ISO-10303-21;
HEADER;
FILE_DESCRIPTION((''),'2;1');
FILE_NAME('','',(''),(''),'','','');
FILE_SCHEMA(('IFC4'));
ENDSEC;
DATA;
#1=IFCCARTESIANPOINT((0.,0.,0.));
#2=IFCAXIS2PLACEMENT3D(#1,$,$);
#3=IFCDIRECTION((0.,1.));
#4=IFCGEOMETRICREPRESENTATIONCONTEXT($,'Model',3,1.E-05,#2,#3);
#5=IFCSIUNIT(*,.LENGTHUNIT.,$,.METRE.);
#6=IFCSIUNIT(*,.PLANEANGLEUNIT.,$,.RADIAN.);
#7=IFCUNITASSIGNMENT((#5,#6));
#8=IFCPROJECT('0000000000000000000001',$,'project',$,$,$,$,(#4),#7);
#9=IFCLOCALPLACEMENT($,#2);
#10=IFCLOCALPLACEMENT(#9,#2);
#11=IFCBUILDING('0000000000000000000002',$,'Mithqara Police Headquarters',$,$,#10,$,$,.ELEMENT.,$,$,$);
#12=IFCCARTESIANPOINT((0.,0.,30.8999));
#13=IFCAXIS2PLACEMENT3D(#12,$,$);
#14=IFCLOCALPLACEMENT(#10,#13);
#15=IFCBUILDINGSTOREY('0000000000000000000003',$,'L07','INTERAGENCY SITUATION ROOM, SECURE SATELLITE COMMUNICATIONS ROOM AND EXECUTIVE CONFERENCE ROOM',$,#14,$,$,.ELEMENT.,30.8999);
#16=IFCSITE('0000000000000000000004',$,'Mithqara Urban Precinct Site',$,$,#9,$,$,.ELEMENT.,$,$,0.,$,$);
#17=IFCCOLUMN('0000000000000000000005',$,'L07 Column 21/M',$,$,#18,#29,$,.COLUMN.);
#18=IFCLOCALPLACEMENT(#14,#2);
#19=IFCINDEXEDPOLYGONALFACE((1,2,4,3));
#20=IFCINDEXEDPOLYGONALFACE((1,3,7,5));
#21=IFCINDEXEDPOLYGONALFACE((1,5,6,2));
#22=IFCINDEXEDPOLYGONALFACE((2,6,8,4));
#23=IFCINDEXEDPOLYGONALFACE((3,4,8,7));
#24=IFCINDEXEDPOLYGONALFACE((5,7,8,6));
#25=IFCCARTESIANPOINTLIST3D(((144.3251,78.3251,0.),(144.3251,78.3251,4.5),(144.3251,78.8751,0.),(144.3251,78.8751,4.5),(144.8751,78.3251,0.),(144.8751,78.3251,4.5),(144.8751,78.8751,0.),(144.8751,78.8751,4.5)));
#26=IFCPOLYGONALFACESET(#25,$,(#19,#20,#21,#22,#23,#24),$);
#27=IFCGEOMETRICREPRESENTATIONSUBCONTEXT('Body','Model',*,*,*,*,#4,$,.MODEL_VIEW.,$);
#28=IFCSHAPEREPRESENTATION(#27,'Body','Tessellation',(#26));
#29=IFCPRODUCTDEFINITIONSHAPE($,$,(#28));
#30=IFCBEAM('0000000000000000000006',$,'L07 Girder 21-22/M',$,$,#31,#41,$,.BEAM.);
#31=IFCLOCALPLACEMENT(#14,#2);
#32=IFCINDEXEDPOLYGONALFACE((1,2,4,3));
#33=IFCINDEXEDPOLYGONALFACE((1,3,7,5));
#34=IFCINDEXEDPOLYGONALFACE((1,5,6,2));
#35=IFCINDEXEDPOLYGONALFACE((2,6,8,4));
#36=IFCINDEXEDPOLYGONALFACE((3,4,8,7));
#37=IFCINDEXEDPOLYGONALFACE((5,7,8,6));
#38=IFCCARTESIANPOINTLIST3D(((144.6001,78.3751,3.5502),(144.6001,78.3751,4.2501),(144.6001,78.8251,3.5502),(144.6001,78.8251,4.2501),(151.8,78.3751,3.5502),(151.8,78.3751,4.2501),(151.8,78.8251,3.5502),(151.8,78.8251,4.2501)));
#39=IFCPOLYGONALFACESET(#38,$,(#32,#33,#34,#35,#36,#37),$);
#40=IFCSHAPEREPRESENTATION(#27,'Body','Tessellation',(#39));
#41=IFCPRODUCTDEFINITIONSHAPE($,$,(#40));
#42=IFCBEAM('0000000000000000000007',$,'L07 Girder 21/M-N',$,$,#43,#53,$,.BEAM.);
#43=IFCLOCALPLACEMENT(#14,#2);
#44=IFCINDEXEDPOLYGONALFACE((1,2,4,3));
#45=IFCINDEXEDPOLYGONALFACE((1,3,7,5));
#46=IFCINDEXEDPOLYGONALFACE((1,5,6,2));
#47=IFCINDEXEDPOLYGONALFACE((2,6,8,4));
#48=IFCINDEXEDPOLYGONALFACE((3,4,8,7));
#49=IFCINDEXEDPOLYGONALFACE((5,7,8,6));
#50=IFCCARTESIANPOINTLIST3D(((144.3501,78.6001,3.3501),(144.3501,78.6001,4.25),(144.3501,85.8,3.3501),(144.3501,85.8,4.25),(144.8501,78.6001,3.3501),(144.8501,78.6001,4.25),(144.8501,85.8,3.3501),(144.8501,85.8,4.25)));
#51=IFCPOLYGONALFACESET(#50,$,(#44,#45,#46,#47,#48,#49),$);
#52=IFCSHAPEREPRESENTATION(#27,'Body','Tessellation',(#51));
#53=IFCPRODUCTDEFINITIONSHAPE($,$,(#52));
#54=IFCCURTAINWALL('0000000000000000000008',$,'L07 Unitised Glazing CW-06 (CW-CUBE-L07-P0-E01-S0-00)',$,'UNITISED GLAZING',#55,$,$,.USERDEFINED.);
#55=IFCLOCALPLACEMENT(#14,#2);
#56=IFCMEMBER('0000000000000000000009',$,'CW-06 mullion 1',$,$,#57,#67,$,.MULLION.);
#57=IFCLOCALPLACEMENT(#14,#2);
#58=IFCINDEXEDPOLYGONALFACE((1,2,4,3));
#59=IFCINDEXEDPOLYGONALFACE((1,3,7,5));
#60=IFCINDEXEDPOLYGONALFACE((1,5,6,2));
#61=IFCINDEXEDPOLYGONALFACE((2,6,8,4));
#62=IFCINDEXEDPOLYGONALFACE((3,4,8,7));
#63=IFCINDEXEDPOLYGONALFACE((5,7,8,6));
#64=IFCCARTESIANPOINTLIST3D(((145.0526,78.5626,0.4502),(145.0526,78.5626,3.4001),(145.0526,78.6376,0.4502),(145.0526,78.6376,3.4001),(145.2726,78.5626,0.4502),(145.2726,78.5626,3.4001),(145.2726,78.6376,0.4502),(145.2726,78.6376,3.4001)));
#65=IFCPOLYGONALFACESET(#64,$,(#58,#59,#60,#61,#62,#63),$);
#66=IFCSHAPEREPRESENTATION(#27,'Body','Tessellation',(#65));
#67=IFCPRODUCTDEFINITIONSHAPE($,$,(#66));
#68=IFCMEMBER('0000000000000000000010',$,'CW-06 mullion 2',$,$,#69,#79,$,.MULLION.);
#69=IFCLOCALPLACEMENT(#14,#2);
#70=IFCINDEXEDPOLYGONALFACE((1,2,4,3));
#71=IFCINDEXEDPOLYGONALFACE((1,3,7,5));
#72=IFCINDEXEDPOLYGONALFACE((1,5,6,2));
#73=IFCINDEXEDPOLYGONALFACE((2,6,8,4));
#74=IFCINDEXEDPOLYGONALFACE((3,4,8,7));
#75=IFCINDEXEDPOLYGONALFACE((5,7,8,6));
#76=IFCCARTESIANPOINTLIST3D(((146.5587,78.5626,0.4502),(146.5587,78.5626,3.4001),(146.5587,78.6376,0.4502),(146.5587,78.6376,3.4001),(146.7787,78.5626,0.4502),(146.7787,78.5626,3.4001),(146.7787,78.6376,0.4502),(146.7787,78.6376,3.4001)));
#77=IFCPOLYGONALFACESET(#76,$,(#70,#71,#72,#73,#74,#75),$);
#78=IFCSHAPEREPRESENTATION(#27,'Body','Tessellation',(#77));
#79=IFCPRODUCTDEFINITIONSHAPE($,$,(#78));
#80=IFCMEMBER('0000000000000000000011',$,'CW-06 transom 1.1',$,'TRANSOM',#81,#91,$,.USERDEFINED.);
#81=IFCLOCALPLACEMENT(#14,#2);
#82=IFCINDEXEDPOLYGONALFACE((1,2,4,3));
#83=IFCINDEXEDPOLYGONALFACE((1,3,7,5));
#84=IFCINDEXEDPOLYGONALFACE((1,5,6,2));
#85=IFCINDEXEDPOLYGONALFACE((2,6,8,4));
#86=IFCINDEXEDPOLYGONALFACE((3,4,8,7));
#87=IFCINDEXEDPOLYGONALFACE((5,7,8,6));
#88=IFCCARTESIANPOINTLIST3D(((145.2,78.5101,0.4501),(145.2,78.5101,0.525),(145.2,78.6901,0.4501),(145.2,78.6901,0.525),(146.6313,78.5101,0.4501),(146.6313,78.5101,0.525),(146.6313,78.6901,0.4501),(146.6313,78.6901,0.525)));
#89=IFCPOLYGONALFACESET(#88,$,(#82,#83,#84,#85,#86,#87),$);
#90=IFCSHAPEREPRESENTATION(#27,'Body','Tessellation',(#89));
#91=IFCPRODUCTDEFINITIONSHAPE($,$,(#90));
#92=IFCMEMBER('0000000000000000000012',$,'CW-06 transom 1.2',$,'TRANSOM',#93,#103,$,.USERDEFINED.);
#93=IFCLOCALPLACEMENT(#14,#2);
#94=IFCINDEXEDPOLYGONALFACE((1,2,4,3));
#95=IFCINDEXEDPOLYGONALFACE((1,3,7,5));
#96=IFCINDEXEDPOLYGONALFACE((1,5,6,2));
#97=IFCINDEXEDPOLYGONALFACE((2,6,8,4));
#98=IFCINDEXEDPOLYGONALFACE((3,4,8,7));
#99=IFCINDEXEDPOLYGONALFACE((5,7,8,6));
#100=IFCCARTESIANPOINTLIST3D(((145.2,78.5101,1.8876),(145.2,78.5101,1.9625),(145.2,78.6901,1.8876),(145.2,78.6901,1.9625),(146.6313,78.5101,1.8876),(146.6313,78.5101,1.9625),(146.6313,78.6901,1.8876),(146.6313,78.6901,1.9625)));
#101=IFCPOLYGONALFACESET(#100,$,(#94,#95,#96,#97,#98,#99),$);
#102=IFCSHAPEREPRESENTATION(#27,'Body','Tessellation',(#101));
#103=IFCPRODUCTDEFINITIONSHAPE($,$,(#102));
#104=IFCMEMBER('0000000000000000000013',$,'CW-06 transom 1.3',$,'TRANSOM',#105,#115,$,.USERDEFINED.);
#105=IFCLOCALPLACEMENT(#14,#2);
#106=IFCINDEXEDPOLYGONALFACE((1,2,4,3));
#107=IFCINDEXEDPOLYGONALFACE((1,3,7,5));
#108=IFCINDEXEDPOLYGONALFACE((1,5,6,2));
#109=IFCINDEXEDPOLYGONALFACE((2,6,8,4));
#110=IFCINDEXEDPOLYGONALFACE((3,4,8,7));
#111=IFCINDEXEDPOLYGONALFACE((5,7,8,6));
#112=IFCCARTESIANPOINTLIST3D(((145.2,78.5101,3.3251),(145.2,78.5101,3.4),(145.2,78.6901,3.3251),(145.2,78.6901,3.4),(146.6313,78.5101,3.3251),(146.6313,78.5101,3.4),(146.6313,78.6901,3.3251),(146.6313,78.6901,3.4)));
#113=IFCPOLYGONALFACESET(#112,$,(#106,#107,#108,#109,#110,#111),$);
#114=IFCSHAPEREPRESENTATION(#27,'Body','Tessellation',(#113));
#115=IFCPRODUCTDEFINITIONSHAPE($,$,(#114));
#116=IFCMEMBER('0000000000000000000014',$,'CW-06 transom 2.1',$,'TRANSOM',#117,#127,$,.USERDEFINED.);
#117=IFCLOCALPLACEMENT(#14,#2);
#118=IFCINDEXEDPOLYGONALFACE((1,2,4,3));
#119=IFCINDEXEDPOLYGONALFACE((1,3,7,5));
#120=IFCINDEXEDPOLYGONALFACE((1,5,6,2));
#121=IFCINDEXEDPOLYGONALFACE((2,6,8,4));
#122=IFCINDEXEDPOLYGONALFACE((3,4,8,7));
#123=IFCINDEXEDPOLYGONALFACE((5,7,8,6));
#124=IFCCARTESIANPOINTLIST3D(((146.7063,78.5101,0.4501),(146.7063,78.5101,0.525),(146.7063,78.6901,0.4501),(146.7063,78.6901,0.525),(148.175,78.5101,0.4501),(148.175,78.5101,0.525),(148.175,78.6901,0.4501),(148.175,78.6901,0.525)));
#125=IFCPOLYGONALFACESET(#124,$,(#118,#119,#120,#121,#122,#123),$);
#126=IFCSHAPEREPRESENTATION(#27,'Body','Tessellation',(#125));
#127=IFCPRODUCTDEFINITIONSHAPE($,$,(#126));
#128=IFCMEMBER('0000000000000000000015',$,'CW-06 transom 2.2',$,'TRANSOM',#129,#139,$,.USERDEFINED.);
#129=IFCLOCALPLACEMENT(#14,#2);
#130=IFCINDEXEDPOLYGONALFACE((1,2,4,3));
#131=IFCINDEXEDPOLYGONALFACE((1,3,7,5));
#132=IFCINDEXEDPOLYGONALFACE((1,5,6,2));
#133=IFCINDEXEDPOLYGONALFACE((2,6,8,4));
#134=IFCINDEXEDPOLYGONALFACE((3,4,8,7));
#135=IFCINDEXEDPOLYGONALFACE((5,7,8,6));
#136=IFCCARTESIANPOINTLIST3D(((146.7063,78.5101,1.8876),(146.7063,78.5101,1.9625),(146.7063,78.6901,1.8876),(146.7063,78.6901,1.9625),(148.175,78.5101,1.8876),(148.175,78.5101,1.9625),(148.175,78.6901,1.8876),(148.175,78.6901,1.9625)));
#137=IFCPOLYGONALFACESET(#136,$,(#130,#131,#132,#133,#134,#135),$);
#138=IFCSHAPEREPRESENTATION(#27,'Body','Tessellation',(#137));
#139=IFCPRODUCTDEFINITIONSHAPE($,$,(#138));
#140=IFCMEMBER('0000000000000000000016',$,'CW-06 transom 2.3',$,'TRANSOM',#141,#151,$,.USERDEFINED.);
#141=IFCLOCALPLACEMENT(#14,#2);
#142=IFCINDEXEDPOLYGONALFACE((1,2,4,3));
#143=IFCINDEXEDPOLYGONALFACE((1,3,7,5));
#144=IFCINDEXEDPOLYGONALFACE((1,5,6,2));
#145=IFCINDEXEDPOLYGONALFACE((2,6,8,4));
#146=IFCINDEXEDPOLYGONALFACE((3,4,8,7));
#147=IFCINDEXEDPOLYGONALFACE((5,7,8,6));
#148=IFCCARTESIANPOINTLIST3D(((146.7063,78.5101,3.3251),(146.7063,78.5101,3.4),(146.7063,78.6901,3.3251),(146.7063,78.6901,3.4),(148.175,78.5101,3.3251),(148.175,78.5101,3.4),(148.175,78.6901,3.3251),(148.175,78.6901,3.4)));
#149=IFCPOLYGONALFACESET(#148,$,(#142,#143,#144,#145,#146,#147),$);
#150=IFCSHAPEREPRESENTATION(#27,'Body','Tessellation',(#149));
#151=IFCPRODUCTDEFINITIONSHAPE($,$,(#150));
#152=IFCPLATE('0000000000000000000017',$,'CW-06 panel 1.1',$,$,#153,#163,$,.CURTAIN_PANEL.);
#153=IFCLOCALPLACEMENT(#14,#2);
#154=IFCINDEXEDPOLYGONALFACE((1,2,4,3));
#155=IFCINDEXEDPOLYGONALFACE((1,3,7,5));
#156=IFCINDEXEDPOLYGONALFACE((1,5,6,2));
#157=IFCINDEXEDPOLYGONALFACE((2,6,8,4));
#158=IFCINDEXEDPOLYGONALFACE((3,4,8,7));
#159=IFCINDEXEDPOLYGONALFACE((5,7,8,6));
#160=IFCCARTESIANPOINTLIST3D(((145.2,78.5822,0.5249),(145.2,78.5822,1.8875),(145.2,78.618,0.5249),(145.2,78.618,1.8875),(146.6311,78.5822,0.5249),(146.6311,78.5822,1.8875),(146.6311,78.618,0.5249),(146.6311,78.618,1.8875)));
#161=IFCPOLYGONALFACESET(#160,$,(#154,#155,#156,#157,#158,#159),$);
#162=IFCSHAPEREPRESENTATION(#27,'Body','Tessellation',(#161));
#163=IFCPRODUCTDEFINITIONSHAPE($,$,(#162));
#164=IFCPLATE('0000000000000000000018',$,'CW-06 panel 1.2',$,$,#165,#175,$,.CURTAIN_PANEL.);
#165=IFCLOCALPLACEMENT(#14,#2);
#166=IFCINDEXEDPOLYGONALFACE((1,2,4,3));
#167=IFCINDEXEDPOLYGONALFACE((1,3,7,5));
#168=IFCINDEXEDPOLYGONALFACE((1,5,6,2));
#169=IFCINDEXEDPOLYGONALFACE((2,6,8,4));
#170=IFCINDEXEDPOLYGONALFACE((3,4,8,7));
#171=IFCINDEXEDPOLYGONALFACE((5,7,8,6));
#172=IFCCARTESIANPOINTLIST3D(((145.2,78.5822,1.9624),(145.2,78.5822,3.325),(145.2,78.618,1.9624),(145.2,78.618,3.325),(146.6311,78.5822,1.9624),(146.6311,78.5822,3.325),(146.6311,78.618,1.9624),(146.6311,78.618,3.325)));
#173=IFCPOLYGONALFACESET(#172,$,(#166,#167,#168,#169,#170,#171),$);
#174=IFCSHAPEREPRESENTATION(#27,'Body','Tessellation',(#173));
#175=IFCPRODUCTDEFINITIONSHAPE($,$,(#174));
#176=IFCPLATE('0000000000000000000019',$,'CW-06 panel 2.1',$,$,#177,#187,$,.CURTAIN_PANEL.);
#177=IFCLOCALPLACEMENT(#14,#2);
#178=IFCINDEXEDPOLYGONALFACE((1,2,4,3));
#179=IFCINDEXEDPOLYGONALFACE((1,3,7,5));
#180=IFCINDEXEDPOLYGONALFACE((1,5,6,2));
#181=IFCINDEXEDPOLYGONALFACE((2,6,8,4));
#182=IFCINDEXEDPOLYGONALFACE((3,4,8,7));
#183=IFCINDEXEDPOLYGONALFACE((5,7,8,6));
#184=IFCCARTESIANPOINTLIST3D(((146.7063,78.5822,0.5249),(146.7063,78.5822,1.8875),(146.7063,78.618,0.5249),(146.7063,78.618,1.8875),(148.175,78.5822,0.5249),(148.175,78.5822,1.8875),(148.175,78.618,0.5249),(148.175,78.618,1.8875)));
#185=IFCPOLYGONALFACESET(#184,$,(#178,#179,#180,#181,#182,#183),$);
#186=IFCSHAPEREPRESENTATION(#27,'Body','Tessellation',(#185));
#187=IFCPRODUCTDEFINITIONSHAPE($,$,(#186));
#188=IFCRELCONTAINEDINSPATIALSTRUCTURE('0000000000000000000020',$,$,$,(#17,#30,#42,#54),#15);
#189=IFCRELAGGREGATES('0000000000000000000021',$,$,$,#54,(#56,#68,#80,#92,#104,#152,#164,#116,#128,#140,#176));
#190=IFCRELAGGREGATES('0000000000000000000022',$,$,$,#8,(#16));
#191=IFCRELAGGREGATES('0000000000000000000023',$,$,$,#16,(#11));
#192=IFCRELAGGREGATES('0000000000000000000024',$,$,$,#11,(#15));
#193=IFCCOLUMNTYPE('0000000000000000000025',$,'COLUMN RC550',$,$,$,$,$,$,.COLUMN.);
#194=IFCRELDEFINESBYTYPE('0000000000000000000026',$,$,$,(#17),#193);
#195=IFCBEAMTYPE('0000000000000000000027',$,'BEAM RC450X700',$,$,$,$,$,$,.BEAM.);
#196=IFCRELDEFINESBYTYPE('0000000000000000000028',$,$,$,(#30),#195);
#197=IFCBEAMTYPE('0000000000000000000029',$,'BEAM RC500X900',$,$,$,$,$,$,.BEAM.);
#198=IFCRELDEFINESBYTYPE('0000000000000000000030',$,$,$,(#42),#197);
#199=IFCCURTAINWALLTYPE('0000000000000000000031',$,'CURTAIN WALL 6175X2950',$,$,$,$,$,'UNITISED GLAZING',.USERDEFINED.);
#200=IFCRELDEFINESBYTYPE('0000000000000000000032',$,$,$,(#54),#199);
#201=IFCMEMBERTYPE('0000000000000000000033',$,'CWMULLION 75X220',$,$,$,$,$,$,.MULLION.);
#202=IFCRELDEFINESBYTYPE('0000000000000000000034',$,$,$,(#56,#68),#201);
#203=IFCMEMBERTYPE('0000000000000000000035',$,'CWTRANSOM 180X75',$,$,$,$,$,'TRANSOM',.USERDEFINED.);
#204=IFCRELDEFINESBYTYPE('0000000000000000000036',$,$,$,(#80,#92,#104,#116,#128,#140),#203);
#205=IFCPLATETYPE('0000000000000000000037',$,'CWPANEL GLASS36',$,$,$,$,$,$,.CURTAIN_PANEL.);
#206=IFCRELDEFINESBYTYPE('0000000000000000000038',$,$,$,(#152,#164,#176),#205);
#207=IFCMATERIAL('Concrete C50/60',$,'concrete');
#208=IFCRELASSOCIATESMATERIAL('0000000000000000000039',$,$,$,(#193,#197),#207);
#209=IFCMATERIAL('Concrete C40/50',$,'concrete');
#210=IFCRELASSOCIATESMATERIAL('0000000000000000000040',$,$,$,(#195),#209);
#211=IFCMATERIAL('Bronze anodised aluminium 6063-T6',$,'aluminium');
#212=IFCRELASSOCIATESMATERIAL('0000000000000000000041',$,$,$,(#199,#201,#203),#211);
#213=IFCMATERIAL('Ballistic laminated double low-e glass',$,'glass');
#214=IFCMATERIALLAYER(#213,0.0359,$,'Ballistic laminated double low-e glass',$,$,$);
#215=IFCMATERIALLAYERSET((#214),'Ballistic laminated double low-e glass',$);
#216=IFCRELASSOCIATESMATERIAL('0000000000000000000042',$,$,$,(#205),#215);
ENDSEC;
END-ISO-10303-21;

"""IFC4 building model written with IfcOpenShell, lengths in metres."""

from ifc_helpers import new_model, si_unit, direction, frame, origin, origin_2d, place, context, subcontext, project, spatial, rectangle, extrude, material, layer, layer_set, material_profile, profile_set, type_object, element, aggregate, save


model = new_model("IFC4")

# Units and contexts
model_context = context("Model", 3, precision=1e-05, world=origin(), true_north=direction((0.0, 1.0)))
body_context = subcontext(model_context, "Body", "Model", "MODEL_VIEW")
ifc_project = project(units=[si_unit("LENGTHUNIT", "METRE"), si_unit("PLANEANGLEUNIT", "RADIAN")], contexts=[model_context])

# Site, building, storey
site_placement = place(None, origin())
site = spatial("IfcSite", under=ifc_project, at=site_placement, Name="Mithqara Urban Precinct Site", CompositionType="ELEMENT", RefElevation=0.0)
building_placement = place(site_placement, origin())
building = spatial("IfcBuilding", under=site, at=building_placement, Name="Mithqara Police Headquarters", CompositionType="ELEMENT")
storey_placement = place(building_placement, frame((0.0, 0.0, 30.8999)))
storey = spatial("IfcBuildingStorey", under=building, at=storey_placement, Name="L07", Description="INTERAGENCY SITUATION ROOM, SECURE SATELLITE COMMUNICATIONS ROOM AND EXECUTIVE CONFERENCE ROOM", CompositionType="ELEMENT", Elevation=30.8999)

# Column
ifc_material_1 = material(Name="Concrete C50/60", Category="concrete")
ifc_material_profile_1 = material_profile(ifc_material_1, rectangle(XDim=0.55, YDim=0.55, at=origin_2d()), Name="RC 550x550")
ifc_profile_set_1 = profile_set([ifc_material_profile_1], Name="Concrete C50/60")
column_type = type_object("IfcColumnType", Name="COLUMN RC550", PredefinedType="COLUMN", material=ifc_profile_set_1)
column_placement = place(storey_placement, frame((144.6001, 78.6001, 0.0), z_axis=(0.0, 0.0, 1.0), x_axis=(1.0, 0.0, 0.0)))
element("IfcColumn", 1, at=column_placement, inside=storey, type_object=column_type, Name="L07 Column 21/M", PredefinedType="COLUMN", context=body_context, shape_type="SweptSolid", body=[
    extrude(rectangle(XDim=0.55, YDim=0.55, at=origin_2d()), origin(), (0.0, 0.0, 1.0), 4.5),
])

# Beams
ifc_material_2 = material(Name="Concrete C40/50", Category="concrete")
ifc_material_profile_2 = material_profile(ifc_material_2, rectangle(XDim=0.45, YDim=0.7, at=origin_2d()), Name="RC 450x700")
ifc_profile_set_2 = profile_set([ifc_material_profile_2], Name="Concrete C40/50")
beam_type_1 = type_object("IfcBeamType", Name="BEAM RC450X700", PredefinedType="BEAM", material=ifc_profile_set_2)
beam_1_placement = place(storey_placement, frame((144.6001, 78.6001, 3.9001), z_axis=(1.0, 0.0, 0.0), x_axis=(0.0, 1.0, 0.0)))
element("IfcBeam", 2, at=beam_1_placement, inside=storey, type_object=beam_type_1, Name="L07 Girder 21-22/M", PredefinedType="BEAM", context=body_context, shape_type="SweptSolid", body=[
    extrude(rectangle(XDim=0.45, YDim=0.7, at=origin_2d()), origin(), (0.0, 0.0, 1.0), 7.2),
])
ifc_material_profile_3 = material_profile(ifc_material_1, rectangle(XDim=0.5, YDim=0.8999, at=origin_2d()), Name="RC 500x900")
ifc_profile_set_3 = profile_set([ifc_material_profile_3], Name="Concrete C50/60")
beam_type_2 = type_object("IfcBeamType", Name="BEAM RC500X900", PredefinedType="BEAM", material=ifc_profile_set_3)
beam_2_placement = place(storey_placement, frame((144.6001, 78.6001, 3.8), z_axis=(0.0, 1.0, 0.0), x_axis=(-1.0, 0.0, 0.0)))
element("IfcBeam", 3, at=beam_2_placement, inside=storey, type_object=beam_type_2, Name="L07 Girder 21/M-N", PredefinedType="BEAM", context=body_context, shape_type="SweptSolid", body=[
    extrude(rectangle(XDim=0.5, YDim=0.8999, at=origin_2d()), origin(), (0.0, 0.0, 1.0), 7.2),
])

# Curtain wall, members, plates
ifc_material_3 = material(Name="Bronze anodised aluminium 6063-T6", Category="aluminium")
curtain_wall_type = type_object("IfcCurtainWallType", Name="CURTAIN WALL 6175X2950", ElementType="UNITISED GLAZING", PredefinedType="USERDEFINED", material=ifc_material_3)
curtain_wall_placement = place(storey_placement, origin())
curtain_wall = element("IfcCurtainWall", 4, at=curtain_wall_placement, inside=storey, type_object=curtain_wall_type, Name="L07 Unitised Glazing CW-06 (CW-CUBE-L07-P0-E01-S0-00)", ObjectType="UNITISED GLAZING", PredefinedType="USERDEFINED")
ifc_material_profile_4 = material_profile(ifc_material_3, rectangle(XDim=0.075, YDim=0.22, at=origin_2d()), Name="CWM 75x220")
ifc_profile_set_4 = profile_set([ifc_material_profile_4], Name="Bronze anodised aluminium 6063-T6")
member_type_1 = type_object("IfcMemberType", Name="CWMULLION 75X220", PredefinedType="MULLION", material=ifc_profile_set_4)
member_1_placement = place(storey_placement, frame((145.1626, 78.6001, 0.4502), z_axis=(0.0, 0.0, 1.0), x_axis=(0.0, 1.0, 0.0)))
member_1 = element("IfcMember", 5, at=member_1_placement, type_object=member_type_1, Name="CW-06 mullion 1", PredefinedType="MULLION", context=body_context, shape_type="SweptSolid", body=[
    extrude(rectangle(XDim=0.075, YDim=0.22, at=origin_2d()), origin(), (0.0, 0.0, 1.0), 2.95),
])
member_2_placement = place(storey_placement, frame((146.6687, 78.6001, 0.4502), z_axis=(0.0, 0.0, 1.0), x_axis=(0.0, 1.0, 0.0)))
member_2 = element("IfcMember", 6, at=member_2_placement, type_object=member_type_1, Name="CW-06 mullion 2", PredefinedType="MULLION", context=body_context, shape_type="SweptSolid", body=[
    extrude(rectangle(XDim=0.075, YDim=0.22, at=origin_2d()), origin(), (0.0, 0.0, 1.0), 2.95),
])
ifc_material_profile_5 = material_profile(ifc_material_3, rectangle(XDim=0.1799, YDim=0.075, at=origin_2d()), Name="CWT 180x75")
ifc_profile_set_5 = profile_set([ifc_material_profile_5], Name="Bronze anodised aluminium 6063-T6")
member_type_2 = type_object("IfcMemberType", Name="CWTRANSOM 180X75", ElementType="TRANSOM", PredefinedType="USERDEFINED", material=ifc_profile_set_5)
member_3_placement = place(storey_placement, frame((145.2, 78.6001, 0.4875), z_axis=(1.0, 0.0, 0.0), x_axis=(0.0, 1.0, 0.0)))
member_3 = element("IfcMember", 7, at=member_3_placement, type_object=member_type_2, Name="CW-06 transom 1.1", ObjectType="TRANSOM", PredefinedType="USERDEFINED", context=body_context, shape_type="SweptSolid", body=[
    extrude(rectangle(XDim=0.1799, YDim=0.075, at=origin_2d()), origin(), (0.0, 0.0, 1.0), 1.4314),
])
member_4_placement = place(storey_placement, frame((145.2, 78.6001, 1.925), z_axis=(1.0, 0.0, 0.0), x_axis=(0.0, 1.0, 0.0)))
member_4 = element("IfcMember", 8, at=member_4_placement, type_object=member_type_2, Name="CW-06 transom 1.2", ObjectType="TRANSOM", PredefinedType="USERDEFINED", context=body_context, shape_type="SweptSolid", body=[
    extrude(rectangle(XDim=0.1799, YDim=0.075, at=origin_2d()), origin(), (0.0, 0.0, 1.0), 1.4314),
])
member_5_placement = place(storey_placement, frame((145.2, 78.6001, 3.3625), z_axis=(1.0, 0.0, 0.0), x_axis=(0.0, 1.0, 0.0)))
member_5 = element("IfcMember", 9, at=member_5_placement, type_object=member_type_2, Name="CW-06 transom 1.3", ObjectType="TRANSOM", PredefinedType="USERDEFINED", context=body_context, shape_type="SweptSolid", body=[
    extrude(rectangle(XDim=0.1799, YDim=0.075, at=origin_2d()), origin(), (0.0, 0.0, 1.0), 1.4314),
])
member_6_placement = place(storey_placement, frame((146.7063, 78.6001, 0.4875), z_axis=(1.0, 0.0, 0.0), x_axis=(0.0, 1.0, 0.0)))
member_6 = element("IfcMember", 10, at=member_6_placement, type_object=member_type_2, Name="CW-06 transom 2.1", ObjectType="TRANSOM", PredefinedType="USERDEFINED", context=body_context, shape_type="SweptSolid", body=[
    extrude(rectangle(XDim=0.1799, YDim=0.075, at=origin_2d()), origin(), (0.0, 0.0, 1.0), 1.4688),
])
member_7_placement = place(storey_placement, frame((146.7063, 78.6001, 1.925), z_axis=(1.0, 0.0, 0.0), x_axis=(0.0, 1.0, 0.0)))
member_7 = element("IfcMember", 11, at=member_7_placement, type_object=member_type_2, Name="CW-06 transom 2.2", ObjectType="TRANSOM", PredefinedType="USERDEFINED", context=body_context, shape_type="SweptSolid", body=[
    extrude(rectangle(XDim=0.1799, YDim=0.075, at=origin_2d()), origin(), (0.0, 0.0, 1.0), 1.4688),
])
member_8_placement = place(storey_placement, frame((146.7063, 78.6001, 3.3625), z_axis=(1.0, 0.0, 0.0), x_axis=(0.0, 1.0, 0.0)))
member_8 = element("IfcMember", 12, at=member_8_placement, type_object=member_type_2, Name="CW-06 transom 2.3", ObjectType="TRANSOM", PredefinedType="USERDEFINED", context=body_context, shape_type="SweptSolid", body=[
    extrude(rectangle(XDim=0.1799, YDim=0.075, at=origin_2d()), origin(), (0.0, 0.0, 1.0), 1.4688),
])
ifc_material_4 = material(Name="Ballistic laminated double low-e glass", Category="glass")
ifc_layer_1 = layer(ifc_material_4, 0.0359, Name="Ballistic laminated double low-e glass")
ifc_layer_set_1 = layer_set([ifc_layer_1], Name="Ballistic laminated double low-e glass")
plate_type_1 = type_object("IfcPlateType", Name="CWPANEL GLASS36", PredefinedType="CURTAIN_PANEL", material=ifc_layer_set_1)
plate_1_placement = place(storey_placement, frame((145.9155, 78.6001, 0.5249), z_axis=(0.0, 0.0, 1.0), x_axis=(1.0, 0.0, 0.0)))
plate_1 = element("IfcPlate", 13, at=plate_1_placement, type_object=plate_type_1, Name="CW-06 panel 1.1", PredefinedType="CURTAIN_PANEL", context=body_context, shape_type="SweptSolid", body=[
    extrude(rectangle(XDim=1.4312, YDim=0.0359, at=origin_2d()), origin(), (0.0, 0.0, 1.0), 1.3625),
])
plate_2_placement = place(storey_placement, frame((145.9155, 78.6001, 1.9624), z_axis=(0.0, 0.0, 1.0), x_axis=(1.0, 0.0, 0.0)))
plate_2 = element("IfcPlate", 14, at=plate_2_placement, type_object=plate_type_1, Name="CW-06 panel 1.2", PredefinedType="CURTAIN_PANEL", context=body_context, shape_type="SweptSolid", body=[
    extrude(rectangle(XDim=1.4312, YDim=0.0359, at=origin_2d()), origin(), (0.0, 0.0, 1.0), 1.3625),
])
plate_3_placement = place(storey_placement, frame((147.4407, 78.6001, 0.5249), z_axis=(0.0, 0.0, 1.0), x_axis=(1.0, 0.0, 0.0)))
plate_3 = element("IfcPlate", 15, at=plate_3_placement, type_object=plate_type_1, Name="CW-06 panel 2.1", PredefinedType="CURTAIN_PANEL", context=body_context, shape_type="SweptSolid", body=[
    extrude(rectangle(XDim=1.4688, YDim=0.0359, at=origin_2d()), origin(), (0.0, 0.0, 1.0), 1.3625),
])
aggregate(curtain_wall, [member_1, member_2, member_3, member_4, member_5, plate_1, plate_2, member_6, member_7, member_8, plate_3])

save(model, "model.ifc")
